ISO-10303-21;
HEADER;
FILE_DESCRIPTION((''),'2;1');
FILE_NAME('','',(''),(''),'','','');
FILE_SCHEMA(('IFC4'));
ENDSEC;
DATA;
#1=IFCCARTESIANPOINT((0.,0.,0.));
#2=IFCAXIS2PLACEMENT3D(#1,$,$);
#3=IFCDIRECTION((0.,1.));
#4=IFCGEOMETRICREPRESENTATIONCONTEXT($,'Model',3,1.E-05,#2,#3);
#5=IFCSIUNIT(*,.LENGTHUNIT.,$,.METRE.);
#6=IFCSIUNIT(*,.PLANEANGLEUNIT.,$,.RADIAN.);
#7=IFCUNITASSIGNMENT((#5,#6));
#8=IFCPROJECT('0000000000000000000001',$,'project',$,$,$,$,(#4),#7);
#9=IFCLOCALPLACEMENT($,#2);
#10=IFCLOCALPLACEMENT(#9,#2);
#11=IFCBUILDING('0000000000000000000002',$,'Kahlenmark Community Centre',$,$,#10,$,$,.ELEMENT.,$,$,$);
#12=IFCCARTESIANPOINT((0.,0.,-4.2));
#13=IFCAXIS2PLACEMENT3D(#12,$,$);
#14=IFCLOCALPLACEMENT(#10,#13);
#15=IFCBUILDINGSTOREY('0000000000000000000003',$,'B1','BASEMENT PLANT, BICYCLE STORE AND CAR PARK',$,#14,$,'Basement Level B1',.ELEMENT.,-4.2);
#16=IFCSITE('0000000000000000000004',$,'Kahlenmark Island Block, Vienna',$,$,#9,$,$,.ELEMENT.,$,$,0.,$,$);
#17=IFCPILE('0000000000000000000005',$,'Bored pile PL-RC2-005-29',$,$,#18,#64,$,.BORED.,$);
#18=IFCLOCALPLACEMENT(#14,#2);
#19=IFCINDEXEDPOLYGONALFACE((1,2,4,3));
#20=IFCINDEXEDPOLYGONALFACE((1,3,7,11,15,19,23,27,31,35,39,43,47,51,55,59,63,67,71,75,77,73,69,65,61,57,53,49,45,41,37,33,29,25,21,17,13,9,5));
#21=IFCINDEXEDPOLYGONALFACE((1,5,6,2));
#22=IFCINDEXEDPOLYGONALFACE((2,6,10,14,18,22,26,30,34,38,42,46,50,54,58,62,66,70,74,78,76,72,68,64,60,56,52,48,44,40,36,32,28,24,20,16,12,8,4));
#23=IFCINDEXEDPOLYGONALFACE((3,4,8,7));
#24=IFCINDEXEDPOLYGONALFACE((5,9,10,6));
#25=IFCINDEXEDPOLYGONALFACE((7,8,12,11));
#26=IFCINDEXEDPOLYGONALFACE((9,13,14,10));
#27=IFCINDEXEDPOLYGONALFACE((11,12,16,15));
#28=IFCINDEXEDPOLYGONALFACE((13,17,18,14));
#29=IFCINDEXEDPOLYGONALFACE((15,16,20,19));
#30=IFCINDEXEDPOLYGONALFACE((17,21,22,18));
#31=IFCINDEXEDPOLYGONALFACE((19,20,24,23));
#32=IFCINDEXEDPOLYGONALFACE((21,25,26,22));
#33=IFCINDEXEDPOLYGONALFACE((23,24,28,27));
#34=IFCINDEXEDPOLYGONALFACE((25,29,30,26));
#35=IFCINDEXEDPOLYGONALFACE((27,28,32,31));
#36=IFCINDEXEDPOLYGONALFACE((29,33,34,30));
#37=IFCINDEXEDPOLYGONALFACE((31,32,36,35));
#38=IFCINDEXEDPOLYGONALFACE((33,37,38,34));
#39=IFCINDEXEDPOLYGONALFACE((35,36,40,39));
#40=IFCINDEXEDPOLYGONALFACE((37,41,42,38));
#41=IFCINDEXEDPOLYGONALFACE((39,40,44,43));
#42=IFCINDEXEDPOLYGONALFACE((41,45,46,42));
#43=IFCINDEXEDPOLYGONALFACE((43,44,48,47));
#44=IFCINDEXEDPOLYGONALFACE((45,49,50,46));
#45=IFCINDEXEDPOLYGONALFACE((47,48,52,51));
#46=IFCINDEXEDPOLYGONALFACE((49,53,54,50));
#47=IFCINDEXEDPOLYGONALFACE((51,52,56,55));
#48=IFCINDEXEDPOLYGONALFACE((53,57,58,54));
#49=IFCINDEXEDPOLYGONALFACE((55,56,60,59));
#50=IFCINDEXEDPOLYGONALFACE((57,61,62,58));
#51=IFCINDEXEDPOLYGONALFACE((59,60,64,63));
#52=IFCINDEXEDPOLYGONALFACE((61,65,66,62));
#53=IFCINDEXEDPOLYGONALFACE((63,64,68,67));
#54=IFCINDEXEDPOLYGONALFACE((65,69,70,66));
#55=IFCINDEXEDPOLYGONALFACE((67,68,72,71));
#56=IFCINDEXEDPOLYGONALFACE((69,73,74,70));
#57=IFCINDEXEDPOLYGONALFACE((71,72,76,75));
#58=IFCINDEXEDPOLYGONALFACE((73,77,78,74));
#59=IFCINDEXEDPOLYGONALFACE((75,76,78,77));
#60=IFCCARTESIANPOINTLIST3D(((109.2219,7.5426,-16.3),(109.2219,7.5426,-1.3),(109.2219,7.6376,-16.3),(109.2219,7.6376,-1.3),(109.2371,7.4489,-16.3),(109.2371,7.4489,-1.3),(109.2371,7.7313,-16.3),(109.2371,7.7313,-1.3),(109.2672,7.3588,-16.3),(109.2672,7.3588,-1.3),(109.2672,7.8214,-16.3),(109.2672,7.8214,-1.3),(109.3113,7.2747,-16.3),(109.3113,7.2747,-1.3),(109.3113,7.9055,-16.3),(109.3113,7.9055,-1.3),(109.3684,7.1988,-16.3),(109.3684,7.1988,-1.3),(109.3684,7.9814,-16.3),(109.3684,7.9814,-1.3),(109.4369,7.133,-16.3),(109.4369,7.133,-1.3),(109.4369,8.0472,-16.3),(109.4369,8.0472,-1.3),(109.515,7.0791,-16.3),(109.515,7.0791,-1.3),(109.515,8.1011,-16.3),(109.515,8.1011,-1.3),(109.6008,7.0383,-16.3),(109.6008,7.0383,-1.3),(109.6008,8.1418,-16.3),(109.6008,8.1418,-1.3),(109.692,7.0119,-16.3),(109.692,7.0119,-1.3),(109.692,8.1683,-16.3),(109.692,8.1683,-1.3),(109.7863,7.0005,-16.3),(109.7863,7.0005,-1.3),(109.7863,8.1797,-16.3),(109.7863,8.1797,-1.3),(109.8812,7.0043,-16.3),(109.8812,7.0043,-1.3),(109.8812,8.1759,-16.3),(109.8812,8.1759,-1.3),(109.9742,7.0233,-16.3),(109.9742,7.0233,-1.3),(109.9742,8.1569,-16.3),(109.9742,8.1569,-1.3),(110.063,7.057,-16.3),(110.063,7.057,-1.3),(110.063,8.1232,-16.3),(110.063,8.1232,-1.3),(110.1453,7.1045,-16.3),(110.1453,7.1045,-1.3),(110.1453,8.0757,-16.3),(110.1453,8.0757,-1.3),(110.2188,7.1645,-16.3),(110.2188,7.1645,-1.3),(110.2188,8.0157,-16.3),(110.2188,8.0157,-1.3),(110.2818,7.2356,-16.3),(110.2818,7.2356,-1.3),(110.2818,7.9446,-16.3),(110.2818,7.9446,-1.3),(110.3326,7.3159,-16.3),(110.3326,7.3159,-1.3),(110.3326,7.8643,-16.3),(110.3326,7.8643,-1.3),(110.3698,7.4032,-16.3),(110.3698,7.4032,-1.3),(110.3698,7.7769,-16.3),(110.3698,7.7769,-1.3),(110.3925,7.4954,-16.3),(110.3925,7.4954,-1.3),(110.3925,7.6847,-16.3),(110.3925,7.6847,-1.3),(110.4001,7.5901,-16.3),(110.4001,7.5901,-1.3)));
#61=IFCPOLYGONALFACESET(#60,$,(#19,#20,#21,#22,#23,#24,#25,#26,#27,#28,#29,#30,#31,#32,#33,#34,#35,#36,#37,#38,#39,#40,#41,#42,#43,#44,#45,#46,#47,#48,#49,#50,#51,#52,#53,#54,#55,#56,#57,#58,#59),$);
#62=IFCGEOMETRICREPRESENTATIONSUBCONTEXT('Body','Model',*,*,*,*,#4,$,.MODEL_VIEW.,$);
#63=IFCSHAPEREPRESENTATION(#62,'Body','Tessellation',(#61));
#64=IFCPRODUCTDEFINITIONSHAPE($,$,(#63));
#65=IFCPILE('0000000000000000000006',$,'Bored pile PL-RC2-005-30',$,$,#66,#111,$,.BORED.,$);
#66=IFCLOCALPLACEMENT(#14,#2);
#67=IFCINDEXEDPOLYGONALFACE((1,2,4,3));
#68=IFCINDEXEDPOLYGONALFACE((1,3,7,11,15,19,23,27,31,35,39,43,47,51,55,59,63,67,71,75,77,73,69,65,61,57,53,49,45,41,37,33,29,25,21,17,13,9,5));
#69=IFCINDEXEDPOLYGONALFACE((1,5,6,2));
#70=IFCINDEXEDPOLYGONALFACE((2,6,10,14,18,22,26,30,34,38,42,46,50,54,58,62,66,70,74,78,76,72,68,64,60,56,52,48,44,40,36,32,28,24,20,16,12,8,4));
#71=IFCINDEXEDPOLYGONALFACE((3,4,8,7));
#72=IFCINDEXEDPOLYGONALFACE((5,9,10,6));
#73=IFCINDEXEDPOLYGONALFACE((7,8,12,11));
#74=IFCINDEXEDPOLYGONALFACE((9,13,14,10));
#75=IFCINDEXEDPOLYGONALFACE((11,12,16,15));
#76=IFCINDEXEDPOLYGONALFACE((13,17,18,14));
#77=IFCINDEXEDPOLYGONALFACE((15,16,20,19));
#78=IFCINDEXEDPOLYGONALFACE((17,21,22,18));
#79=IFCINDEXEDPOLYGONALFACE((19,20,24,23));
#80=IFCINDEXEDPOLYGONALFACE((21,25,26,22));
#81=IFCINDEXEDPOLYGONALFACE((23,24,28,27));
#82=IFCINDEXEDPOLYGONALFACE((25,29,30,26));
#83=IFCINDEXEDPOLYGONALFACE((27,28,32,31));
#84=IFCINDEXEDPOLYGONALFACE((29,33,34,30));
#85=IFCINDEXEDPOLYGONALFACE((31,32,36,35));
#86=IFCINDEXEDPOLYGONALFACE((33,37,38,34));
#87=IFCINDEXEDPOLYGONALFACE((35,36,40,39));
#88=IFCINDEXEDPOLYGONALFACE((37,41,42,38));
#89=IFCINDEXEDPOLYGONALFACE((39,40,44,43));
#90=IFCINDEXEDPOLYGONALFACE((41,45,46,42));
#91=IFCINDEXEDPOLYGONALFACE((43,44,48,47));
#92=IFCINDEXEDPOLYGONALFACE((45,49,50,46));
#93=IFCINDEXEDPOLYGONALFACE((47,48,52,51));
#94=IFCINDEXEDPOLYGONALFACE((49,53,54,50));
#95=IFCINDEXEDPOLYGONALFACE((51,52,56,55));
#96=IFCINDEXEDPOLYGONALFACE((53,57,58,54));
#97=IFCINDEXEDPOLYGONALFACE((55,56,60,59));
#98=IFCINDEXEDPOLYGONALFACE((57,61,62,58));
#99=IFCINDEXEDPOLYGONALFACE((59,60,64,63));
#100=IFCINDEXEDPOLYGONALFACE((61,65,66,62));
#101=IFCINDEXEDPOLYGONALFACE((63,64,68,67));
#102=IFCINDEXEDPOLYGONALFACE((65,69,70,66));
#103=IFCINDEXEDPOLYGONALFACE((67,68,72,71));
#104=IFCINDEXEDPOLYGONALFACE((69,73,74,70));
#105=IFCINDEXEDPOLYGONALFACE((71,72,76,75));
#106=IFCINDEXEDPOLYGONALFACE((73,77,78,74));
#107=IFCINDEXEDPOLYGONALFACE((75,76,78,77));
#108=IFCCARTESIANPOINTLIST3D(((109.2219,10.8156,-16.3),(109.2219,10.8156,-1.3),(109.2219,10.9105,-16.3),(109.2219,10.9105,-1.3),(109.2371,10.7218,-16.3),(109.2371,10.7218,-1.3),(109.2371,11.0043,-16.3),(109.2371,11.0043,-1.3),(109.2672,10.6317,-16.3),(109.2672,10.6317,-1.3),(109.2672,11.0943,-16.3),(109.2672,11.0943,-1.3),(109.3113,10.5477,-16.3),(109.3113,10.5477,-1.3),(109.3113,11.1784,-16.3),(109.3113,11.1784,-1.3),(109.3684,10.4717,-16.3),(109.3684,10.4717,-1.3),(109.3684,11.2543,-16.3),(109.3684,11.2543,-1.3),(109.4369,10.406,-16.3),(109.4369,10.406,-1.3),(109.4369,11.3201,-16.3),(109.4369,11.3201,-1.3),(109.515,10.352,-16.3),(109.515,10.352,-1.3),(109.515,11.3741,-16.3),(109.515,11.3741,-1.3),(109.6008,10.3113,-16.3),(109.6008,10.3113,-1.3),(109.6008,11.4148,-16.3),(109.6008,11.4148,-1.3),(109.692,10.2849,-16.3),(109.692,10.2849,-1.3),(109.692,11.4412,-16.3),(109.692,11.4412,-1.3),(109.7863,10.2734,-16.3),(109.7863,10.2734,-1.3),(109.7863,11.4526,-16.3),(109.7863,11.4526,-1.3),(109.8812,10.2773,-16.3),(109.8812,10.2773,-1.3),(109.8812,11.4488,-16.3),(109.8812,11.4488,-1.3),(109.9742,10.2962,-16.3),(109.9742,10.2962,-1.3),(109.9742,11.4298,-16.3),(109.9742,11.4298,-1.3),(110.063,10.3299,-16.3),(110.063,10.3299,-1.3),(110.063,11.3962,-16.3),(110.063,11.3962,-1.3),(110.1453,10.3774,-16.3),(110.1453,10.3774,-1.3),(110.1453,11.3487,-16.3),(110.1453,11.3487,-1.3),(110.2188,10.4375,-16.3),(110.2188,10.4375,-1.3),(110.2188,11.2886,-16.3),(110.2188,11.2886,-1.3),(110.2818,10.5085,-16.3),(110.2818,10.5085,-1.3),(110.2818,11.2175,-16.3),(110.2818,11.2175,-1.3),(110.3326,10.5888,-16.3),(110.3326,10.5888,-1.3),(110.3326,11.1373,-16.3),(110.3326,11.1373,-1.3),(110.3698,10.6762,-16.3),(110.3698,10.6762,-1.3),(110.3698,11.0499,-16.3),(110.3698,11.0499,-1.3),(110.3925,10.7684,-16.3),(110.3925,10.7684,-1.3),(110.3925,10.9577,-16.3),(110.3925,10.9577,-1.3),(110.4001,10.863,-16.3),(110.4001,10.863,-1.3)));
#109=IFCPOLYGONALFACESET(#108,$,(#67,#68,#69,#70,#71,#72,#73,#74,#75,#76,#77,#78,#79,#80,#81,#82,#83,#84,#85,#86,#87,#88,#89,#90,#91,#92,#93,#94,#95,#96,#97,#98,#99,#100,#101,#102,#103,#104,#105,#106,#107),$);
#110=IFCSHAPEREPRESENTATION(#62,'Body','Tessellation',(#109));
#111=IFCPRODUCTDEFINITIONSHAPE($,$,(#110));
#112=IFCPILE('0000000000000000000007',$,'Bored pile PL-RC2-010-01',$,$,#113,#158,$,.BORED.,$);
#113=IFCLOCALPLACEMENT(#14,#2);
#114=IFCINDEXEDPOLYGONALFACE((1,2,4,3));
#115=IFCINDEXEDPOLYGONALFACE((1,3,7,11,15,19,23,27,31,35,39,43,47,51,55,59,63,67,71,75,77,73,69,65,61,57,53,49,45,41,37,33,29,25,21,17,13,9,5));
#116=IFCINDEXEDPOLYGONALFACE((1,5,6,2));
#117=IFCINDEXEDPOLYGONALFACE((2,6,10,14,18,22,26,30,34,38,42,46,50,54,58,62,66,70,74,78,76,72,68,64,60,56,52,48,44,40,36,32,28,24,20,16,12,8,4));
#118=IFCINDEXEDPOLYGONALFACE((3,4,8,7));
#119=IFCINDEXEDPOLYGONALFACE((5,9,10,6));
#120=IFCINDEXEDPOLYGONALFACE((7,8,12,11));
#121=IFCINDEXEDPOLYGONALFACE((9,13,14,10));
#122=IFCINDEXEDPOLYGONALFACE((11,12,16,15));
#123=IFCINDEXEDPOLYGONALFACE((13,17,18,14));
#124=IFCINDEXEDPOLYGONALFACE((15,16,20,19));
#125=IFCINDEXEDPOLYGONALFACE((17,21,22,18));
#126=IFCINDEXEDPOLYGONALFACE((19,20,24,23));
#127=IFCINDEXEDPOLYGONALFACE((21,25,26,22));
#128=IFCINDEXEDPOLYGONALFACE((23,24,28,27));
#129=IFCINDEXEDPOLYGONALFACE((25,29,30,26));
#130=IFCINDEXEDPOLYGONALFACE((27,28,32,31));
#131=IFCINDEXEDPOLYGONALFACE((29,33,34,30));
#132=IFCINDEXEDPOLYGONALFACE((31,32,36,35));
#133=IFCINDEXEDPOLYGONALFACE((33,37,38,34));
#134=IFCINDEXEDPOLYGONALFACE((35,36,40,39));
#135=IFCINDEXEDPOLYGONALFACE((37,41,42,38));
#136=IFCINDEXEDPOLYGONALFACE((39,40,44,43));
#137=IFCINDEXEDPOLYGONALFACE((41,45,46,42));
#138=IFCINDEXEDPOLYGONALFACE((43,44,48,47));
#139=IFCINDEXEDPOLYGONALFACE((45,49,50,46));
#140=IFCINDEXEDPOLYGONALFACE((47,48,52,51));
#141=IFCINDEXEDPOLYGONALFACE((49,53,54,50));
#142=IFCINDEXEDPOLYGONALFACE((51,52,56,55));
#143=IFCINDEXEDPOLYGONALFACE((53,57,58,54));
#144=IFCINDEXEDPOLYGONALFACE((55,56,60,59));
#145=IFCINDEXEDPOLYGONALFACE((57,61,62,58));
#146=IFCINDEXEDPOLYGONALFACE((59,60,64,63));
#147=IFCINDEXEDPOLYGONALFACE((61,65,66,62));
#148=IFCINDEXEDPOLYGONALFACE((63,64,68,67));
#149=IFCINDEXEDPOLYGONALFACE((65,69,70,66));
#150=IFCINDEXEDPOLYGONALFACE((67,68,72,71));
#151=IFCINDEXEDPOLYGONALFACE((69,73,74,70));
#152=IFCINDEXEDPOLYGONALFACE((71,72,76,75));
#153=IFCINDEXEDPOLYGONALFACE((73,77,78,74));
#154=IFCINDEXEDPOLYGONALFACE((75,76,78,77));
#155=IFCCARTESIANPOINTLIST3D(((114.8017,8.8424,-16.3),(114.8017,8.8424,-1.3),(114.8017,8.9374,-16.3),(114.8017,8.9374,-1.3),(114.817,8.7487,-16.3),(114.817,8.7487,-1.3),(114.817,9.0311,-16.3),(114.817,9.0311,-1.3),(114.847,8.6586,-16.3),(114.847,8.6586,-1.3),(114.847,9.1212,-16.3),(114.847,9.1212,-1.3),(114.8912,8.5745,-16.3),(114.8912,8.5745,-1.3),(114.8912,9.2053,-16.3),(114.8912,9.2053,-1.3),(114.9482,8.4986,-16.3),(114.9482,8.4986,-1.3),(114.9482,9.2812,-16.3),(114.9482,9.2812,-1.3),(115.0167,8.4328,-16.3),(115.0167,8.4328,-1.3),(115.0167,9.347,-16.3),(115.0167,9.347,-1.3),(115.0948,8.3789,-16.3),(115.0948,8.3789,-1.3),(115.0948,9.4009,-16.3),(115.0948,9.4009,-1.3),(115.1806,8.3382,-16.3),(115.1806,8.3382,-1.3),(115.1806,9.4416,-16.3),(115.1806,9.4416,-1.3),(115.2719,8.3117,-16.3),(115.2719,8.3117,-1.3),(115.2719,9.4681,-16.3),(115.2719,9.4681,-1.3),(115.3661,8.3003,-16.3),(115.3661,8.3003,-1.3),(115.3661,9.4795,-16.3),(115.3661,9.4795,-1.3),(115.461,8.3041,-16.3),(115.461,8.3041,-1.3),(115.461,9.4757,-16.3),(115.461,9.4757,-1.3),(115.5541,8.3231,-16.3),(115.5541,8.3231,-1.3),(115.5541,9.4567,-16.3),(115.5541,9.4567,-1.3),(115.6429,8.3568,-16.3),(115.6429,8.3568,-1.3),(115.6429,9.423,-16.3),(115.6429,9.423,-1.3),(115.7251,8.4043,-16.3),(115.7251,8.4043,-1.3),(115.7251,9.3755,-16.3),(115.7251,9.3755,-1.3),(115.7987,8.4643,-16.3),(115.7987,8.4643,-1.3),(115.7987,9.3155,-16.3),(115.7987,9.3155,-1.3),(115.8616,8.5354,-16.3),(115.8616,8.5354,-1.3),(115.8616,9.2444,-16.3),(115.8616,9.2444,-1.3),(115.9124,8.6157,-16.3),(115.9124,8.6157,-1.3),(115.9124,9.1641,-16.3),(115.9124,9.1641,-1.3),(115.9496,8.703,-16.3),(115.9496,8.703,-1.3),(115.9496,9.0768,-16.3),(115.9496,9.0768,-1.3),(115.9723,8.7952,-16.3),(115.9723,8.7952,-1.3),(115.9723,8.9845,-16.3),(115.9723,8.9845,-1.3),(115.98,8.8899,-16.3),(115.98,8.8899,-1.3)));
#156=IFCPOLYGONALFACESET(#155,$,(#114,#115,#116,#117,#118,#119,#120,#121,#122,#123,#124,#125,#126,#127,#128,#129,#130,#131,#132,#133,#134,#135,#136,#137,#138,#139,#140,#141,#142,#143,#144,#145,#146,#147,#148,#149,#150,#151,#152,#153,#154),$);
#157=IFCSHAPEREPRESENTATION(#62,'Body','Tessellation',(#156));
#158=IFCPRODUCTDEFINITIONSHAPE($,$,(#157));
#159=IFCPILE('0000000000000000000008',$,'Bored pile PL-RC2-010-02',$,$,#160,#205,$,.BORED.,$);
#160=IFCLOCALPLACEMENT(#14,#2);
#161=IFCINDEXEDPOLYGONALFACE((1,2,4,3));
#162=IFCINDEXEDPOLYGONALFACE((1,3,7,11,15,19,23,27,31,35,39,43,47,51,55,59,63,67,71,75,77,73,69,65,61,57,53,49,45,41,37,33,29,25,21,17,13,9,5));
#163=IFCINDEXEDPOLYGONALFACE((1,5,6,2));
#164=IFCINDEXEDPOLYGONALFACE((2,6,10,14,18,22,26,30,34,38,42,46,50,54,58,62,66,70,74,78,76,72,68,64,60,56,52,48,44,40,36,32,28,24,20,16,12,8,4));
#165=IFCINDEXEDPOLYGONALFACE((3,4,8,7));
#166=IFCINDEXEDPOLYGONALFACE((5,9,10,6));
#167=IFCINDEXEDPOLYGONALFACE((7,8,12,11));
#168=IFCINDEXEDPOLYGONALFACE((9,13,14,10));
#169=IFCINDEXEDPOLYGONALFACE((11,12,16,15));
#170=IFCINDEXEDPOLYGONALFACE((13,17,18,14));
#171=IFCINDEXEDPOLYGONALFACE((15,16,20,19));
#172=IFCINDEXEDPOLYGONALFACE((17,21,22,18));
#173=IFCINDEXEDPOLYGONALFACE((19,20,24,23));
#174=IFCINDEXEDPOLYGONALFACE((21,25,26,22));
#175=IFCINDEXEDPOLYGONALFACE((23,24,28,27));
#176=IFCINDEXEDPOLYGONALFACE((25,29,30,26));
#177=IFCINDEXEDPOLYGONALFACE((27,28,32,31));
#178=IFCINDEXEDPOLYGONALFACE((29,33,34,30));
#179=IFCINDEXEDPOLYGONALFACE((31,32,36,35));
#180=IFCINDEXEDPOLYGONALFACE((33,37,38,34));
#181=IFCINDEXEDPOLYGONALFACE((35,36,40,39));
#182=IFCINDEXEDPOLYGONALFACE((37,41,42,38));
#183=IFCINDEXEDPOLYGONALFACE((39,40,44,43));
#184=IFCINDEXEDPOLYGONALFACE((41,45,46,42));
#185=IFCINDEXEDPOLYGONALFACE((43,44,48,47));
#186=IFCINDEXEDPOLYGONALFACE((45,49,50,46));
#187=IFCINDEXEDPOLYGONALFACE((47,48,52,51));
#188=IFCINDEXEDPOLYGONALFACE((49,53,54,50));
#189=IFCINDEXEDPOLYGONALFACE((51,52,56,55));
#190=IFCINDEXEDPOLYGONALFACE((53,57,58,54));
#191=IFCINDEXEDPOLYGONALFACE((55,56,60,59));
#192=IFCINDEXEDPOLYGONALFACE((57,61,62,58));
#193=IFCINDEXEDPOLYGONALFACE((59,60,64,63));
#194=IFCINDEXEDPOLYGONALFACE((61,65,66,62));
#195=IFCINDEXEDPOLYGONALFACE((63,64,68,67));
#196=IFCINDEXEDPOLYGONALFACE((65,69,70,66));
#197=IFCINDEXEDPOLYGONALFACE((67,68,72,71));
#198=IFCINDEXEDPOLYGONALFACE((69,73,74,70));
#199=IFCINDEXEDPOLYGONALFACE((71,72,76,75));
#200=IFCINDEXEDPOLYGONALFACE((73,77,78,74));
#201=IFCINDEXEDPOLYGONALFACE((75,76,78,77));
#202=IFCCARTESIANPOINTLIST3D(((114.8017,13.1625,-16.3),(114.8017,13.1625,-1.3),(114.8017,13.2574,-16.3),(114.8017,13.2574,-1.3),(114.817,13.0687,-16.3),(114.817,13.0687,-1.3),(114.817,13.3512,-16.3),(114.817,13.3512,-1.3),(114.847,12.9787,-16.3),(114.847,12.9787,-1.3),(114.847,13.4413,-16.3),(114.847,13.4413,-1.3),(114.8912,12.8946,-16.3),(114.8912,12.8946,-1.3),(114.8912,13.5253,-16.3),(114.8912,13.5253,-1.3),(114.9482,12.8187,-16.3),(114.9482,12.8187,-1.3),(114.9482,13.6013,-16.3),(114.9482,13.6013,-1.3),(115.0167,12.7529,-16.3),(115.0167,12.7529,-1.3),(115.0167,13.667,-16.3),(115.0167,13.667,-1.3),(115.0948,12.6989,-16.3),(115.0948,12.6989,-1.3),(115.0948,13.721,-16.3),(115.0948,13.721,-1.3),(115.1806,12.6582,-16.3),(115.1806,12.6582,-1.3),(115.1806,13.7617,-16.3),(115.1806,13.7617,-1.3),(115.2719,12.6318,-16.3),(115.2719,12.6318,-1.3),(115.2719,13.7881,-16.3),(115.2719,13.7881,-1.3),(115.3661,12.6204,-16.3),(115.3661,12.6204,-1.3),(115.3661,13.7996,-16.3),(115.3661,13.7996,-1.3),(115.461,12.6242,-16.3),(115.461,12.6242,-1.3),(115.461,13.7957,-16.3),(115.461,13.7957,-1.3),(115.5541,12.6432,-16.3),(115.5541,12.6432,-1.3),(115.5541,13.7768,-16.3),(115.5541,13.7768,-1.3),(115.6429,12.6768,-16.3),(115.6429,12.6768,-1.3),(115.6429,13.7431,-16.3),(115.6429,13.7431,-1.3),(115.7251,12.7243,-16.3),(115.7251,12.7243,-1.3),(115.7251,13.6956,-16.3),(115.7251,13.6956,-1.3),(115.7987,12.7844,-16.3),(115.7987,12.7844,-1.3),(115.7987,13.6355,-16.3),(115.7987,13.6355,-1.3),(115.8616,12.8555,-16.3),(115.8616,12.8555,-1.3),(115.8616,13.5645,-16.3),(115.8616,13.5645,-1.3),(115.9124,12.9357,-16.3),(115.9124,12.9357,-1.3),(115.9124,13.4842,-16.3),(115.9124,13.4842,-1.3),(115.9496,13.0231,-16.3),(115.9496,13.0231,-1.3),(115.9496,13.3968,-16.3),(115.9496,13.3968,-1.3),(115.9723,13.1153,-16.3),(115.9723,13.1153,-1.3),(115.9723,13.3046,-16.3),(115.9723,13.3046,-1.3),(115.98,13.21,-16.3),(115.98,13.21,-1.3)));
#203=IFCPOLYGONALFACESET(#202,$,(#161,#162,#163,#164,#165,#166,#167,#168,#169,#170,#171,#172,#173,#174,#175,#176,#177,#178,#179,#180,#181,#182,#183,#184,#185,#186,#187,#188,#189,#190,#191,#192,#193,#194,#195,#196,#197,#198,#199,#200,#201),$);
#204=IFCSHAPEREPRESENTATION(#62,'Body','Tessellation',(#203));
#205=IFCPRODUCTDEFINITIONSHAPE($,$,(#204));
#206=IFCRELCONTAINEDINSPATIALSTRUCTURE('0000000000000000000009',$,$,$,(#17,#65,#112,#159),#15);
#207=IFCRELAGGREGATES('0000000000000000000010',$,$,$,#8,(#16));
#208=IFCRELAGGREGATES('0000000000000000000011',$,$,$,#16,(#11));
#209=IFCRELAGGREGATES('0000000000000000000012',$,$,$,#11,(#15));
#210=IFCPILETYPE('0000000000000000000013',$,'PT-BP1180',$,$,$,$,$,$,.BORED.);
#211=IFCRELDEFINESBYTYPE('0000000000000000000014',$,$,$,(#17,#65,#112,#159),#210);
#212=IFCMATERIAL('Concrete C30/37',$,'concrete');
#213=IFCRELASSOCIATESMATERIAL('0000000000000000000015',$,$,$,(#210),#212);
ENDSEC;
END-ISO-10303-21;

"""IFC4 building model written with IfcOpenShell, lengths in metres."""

from ifc_helpers import new_model, si_unit, direction, frame, origin, origin_2d, place, context, subcontext, project, spatial, circle, extrude, material, material_profile, profile_set, type_object, element, save


model = new_model("IFC4")

# Units and contexts
model_context = context("Model", 3, precision=1e-05, world=origin(), true_north=direction((0.0, 1.0)))
body_context = subcontext(model_context, "Body", "Model", "MODEL_VIEW")
ifc_project = project(units=[si_unit("LENGTHUNIT", "METRE"), si_unit("PLANEANGLEUNIT", "RADIAN")], contexts=[model_context])

# Site, building, storey
site_placement = place(None, origin())
site = spatial("IfcSite", under=ifc_project, at=site_placement, Name="Kahlenmark Island Block, Vienna", CompositionType="ELEMENT", RefElevation=0.0)
building_placement = place(site_placement, origin())
building = spatial("IfcBuilding", under=site, at=building_placement, Name="Kahlenmark Community Centre", CompositionType="ELEMENT")
storey_placement = place(building_placement, frame((0.0, 0.0, -4.2)))
storey = spatial("IfcBuildingStorey", under=building, at=storey_placement, Name="B1", Description="BASEMENT PLANT, BICYCLE STORE AND CAR PARK", LongName="Basement Level B1", CompositionType="ELEMENT", Elevation=-4.2)

# Shared definitions
ifc_material_1 = material(Name="Concrete C30/37", Category="concrete")

# Piles
ifc_material_profile_1 = material_profile(ifc_material_1, circle(Radius=0.5901, at=origin_2d()), Name="BORED PILE 1180")
ifc_profile_set_1 = profile_set([ifc_material_profile_1], Name="Concrete C30/37")
pile_type = type_object("IfcPileType", Name="PT-BP1180", PredefinedType="BORED", material=ifc_profile_set_1)
for number, where, z_axis, x_axis, name in (
    (1, (109.8101, 7.5901, -1.3), (0.0, 0.0, -1.0), (1.0, 0.0, 0.0), "Bored pile PL-RC2-005-29"),
    (2, (109.8101, 10.863, -1.3), (0.0, 0.0, -1.0), (1.0, 0.0, 0.0), "Bored pile PL-RC2-005-30"),
    (3, (115.3899, 8.8899, -1.3), (0.0, 0.0, -1.0), (1.0, 0.0, 0.0), "Bored pile PL-RC2-010-01"),
    (4, (115.3899, 13.21, -1.3), (0.0, 0.0, -1.0), (1.0, 0.0, 0.0), "Bored pile PL-RC2-010-02"),
):
    element("IfcPile", number, at=place(storey_placement, frame(where, z_axis=z_axis, x_axis=x_axis)), inside=storey, type_object=pile_type, Name=name, PredefinedType="BORED", context=body_context, shape_type="SweptSolid", body=[
        extrude(circle(Radius=0.5901, at=origin_2d()), origin(), (0.0, 0.0, 1.0), 15.0),
    ])

save(model, "model.ifc")
